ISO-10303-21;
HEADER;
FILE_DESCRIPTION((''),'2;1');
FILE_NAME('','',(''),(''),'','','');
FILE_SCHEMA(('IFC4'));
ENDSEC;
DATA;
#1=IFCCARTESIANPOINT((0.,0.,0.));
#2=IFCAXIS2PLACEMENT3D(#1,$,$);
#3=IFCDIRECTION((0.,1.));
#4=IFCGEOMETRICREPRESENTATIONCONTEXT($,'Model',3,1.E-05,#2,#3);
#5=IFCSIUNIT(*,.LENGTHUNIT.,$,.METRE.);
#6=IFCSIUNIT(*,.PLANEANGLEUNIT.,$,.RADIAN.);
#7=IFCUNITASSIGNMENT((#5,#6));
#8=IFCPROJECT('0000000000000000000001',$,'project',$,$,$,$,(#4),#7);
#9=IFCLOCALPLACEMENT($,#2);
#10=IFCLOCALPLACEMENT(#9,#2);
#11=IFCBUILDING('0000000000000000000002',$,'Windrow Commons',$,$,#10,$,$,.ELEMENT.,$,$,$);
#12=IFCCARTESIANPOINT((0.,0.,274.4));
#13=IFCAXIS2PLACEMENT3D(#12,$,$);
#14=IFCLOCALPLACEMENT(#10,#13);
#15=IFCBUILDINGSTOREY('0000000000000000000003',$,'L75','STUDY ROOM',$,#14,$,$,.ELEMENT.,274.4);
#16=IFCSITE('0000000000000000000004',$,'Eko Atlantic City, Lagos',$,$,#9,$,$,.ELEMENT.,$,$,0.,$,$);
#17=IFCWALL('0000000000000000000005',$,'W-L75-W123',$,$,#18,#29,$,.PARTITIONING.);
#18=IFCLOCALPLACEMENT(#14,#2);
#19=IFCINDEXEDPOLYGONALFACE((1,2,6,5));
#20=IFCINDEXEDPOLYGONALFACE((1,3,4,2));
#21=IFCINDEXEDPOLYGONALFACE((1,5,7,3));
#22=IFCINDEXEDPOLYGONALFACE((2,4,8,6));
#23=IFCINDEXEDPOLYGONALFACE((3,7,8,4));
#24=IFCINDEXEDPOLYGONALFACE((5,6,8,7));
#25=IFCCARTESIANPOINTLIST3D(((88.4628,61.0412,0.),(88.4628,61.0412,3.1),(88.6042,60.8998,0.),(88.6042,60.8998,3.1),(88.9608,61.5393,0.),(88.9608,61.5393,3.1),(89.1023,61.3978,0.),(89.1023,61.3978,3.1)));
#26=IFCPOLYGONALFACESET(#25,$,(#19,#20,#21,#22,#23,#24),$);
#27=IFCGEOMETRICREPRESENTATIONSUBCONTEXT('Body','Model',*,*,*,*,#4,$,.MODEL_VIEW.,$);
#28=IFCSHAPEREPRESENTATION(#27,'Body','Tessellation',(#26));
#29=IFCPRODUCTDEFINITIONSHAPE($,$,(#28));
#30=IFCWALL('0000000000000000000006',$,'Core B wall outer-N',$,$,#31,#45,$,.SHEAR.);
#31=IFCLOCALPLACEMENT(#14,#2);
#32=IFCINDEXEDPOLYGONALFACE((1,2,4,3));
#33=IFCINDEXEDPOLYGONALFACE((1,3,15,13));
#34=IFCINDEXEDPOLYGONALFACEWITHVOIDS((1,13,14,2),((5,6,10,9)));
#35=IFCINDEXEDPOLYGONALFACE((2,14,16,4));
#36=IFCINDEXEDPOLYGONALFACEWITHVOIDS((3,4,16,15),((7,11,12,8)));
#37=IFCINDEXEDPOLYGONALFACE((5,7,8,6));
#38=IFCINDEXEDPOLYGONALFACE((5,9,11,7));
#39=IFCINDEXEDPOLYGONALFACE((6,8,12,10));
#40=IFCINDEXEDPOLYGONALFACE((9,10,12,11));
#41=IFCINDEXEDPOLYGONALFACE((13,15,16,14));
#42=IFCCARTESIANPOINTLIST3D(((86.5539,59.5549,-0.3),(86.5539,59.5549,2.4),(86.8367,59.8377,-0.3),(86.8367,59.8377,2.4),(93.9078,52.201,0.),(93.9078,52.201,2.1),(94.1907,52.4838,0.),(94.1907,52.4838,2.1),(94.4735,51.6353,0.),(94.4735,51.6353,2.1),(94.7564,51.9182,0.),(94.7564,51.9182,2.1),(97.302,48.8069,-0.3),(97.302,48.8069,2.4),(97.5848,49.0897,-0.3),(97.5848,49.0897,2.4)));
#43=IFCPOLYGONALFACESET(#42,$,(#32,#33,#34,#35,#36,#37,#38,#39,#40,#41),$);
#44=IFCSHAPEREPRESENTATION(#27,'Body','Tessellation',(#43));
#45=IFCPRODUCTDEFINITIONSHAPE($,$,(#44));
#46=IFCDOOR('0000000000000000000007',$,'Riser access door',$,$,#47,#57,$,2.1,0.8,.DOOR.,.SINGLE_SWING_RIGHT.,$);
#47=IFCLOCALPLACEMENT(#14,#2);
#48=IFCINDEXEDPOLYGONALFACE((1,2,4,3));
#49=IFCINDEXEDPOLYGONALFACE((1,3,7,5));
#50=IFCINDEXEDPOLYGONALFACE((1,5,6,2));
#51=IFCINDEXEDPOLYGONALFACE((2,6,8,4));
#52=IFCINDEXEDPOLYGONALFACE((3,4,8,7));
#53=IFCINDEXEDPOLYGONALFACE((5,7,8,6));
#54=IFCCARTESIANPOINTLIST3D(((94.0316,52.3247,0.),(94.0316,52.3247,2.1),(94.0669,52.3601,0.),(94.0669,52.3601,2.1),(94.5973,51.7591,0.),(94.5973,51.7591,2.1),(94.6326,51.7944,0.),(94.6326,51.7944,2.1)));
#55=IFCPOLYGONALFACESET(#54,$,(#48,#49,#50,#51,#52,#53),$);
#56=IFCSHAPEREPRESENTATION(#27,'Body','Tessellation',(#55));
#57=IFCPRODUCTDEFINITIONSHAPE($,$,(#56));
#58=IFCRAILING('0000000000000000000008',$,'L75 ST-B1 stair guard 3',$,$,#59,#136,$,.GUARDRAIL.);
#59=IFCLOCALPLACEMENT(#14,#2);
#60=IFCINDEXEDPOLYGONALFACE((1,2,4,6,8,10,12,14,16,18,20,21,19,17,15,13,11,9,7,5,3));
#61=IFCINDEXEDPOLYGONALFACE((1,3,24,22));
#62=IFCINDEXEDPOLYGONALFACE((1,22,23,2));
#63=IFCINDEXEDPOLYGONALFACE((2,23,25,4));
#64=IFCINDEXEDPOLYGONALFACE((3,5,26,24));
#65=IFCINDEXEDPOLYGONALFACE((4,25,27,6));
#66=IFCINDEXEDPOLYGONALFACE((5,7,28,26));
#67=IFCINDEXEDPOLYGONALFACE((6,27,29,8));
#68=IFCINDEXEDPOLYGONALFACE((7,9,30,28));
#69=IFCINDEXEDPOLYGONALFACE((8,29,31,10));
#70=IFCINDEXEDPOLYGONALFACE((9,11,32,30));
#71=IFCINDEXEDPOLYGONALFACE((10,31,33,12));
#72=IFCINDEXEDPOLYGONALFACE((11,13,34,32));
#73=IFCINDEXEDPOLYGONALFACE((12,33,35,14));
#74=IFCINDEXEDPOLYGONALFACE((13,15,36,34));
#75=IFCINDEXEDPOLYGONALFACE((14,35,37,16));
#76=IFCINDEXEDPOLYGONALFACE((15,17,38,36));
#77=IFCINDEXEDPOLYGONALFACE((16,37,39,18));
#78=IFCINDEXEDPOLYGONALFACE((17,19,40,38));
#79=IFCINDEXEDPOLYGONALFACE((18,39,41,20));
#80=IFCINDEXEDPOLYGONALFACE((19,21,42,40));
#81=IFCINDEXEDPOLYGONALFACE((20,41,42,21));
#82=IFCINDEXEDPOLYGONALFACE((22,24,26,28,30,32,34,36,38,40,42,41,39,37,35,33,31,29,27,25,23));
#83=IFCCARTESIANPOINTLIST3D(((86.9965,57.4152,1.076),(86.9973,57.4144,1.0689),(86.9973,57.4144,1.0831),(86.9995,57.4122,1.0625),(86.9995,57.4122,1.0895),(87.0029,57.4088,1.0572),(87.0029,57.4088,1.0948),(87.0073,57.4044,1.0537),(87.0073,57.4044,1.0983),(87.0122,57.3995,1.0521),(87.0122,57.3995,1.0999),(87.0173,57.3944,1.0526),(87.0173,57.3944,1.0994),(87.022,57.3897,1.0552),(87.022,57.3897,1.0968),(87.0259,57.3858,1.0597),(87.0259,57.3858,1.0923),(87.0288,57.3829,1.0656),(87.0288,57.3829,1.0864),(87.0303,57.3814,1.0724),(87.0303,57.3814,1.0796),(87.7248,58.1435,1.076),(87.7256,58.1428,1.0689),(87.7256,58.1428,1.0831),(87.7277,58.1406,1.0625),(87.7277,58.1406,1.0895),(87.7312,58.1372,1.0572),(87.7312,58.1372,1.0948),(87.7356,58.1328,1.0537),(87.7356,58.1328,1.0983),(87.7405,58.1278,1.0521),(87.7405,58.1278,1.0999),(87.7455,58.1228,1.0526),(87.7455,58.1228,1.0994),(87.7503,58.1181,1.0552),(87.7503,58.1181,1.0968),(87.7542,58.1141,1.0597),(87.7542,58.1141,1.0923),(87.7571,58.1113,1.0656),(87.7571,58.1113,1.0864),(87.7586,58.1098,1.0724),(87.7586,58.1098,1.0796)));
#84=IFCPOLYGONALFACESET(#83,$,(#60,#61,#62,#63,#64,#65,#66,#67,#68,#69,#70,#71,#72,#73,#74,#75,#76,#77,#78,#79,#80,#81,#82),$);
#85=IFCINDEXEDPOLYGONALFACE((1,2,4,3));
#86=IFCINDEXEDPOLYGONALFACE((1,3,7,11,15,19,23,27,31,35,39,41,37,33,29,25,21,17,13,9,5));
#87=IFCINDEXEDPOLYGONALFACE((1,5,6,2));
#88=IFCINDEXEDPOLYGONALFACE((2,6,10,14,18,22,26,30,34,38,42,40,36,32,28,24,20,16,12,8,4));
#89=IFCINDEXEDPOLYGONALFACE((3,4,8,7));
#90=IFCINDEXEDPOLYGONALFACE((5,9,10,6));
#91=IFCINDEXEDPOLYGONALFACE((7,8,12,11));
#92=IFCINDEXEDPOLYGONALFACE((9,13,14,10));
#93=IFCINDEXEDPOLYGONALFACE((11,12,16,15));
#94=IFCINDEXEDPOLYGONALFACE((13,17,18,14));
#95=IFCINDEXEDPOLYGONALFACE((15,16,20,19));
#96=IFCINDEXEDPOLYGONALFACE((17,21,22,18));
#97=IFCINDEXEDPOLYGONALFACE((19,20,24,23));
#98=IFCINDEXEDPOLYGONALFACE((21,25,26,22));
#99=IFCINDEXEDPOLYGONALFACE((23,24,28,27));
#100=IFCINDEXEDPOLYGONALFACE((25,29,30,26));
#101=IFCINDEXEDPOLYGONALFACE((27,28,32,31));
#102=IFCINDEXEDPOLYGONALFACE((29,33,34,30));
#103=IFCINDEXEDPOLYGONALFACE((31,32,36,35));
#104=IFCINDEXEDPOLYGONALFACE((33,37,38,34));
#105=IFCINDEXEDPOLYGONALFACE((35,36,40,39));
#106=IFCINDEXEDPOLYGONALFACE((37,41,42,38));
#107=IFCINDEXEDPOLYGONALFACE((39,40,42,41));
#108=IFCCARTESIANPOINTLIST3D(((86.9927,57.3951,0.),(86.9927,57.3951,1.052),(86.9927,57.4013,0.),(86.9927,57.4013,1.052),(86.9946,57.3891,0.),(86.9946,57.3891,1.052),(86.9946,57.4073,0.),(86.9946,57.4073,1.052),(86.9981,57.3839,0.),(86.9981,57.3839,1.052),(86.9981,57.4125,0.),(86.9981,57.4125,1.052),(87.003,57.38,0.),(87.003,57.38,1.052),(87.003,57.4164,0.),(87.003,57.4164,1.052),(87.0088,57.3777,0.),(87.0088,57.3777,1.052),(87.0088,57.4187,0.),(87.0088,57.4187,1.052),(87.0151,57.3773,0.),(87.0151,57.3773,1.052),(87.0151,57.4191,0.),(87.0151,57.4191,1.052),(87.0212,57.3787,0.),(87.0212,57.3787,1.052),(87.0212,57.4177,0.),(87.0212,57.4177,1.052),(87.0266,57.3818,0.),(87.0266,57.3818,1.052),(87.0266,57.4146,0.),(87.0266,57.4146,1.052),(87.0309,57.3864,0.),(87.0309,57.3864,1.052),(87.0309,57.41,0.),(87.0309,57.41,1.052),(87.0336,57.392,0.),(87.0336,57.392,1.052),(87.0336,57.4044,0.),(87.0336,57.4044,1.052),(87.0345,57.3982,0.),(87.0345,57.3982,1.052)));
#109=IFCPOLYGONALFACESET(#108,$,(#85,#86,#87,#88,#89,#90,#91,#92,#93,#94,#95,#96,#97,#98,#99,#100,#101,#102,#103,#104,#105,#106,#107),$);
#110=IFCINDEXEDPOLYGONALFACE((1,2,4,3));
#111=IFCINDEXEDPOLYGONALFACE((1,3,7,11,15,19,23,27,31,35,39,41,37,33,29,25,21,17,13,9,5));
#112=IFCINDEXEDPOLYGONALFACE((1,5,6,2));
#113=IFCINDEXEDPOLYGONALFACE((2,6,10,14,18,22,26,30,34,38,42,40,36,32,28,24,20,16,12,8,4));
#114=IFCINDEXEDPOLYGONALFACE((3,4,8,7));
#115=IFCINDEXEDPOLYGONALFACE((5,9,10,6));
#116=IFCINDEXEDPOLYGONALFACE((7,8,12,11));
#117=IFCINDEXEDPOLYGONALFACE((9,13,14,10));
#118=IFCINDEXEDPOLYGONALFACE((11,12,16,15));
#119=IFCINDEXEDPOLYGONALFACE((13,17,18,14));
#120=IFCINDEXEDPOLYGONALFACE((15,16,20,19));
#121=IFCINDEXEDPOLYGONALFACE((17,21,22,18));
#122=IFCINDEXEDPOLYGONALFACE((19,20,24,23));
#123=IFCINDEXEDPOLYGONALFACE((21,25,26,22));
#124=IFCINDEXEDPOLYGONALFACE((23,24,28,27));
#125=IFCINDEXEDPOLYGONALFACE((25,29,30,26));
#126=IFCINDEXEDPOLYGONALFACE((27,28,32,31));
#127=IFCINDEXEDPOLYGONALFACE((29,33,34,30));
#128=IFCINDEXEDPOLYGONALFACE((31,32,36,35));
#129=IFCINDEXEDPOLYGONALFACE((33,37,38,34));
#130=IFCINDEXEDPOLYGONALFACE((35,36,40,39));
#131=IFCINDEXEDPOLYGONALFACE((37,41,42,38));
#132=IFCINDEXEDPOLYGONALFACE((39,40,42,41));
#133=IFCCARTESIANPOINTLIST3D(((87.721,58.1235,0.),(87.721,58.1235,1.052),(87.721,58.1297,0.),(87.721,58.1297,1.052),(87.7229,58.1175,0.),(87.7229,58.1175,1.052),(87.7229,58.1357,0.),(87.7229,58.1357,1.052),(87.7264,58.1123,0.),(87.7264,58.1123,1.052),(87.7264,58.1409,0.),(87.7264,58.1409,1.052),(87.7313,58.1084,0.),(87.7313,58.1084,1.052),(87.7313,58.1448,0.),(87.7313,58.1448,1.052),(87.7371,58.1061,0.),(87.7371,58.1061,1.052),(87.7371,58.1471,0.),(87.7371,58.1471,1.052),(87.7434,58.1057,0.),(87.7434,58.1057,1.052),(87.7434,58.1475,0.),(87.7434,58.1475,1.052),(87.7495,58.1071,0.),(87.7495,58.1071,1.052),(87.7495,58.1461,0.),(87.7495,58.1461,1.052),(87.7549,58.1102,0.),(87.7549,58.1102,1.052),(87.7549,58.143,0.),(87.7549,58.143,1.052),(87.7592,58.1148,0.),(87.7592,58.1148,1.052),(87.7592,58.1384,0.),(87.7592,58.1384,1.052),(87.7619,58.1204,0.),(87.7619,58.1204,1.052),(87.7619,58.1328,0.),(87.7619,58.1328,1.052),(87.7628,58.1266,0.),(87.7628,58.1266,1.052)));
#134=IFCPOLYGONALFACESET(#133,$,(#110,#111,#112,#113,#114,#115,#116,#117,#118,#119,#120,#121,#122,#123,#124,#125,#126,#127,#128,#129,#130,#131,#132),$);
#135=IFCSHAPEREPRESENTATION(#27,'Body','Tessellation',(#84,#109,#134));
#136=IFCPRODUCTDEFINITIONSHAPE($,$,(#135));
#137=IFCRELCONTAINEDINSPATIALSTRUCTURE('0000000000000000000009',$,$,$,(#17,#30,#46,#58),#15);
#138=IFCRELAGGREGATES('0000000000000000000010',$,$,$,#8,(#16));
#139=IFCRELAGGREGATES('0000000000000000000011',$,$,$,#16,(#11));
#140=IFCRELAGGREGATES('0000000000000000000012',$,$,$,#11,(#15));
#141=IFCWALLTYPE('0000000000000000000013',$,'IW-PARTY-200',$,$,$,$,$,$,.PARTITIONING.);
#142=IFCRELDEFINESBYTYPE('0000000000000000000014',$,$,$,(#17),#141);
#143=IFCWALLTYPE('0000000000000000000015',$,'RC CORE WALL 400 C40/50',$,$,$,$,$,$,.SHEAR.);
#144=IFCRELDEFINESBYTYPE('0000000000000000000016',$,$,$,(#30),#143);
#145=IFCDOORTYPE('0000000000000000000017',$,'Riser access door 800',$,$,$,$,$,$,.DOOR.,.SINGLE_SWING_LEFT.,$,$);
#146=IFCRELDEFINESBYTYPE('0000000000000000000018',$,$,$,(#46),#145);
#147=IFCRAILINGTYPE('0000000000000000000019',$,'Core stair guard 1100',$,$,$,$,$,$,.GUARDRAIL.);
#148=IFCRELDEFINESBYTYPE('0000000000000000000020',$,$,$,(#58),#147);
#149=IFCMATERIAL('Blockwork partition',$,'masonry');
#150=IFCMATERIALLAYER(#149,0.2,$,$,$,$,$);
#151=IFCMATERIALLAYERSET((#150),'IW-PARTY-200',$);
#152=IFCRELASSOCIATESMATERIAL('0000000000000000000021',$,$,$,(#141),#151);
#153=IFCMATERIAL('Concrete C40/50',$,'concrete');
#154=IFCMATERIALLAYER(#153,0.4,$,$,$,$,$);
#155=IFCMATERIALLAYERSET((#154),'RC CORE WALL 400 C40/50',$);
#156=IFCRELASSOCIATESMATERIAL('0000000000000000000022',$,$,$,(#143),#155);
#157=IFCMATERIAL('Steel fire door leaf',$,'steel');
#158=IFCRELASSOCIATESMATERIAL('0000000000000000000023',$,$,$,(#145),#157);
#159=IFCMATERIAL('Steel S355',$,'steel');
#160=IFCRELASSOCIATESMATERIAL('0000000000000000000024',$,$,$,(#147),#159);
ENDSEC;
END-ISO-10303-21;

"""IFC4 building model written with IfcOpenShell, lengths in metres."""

from ifc_helpers import new_model, si_unit, direction, frame, frame_2d, origin, origin_2d, place, context, subcontext, project, spatial, rectangle, circle, extrude, material, layer, layer_set, type_object, element, fill, save


model = new_model("IFC4")

# Units and contexts
model_context = context("Model", 3, precision=1e-05, world=origin(), true_north=direction((0.0, 1.0)))
body_context = subcontext(model_context, "Body", "Model", "MODEL_VIEW")
ifc_project = project(units=[si_unit("LENGTHUNIT", "METRE"), si_unit("PLANEANGLEUNIT", "RADIAN")], contexts=[model_context])

# Site, building, storey
site_placement = place(None, origin())
site = spatial("IfcSite", under=ifc_project, at=site_placement, Name="Eko Atlantic City, Lagos", CompositionType="ELEMENT", RefElevation=0.0)
building_placement = place(site_placement, origin())
building = spatial("IfcBuilding", under=site, at=building_placement, Name="Windrow Commons", CompositionType="ELEMENT")
storey_placement = place(building_placement, frame((0.0, 0.0, 274.4)))
storey = spatial("IfcBuildingStorey", under=building, at=storey_placement, Name="L75", Description="STUDY ROOM", CompositionType="ELEMENT", Elevation=274.4)

# Wall
ifc_material_1 = material(Name="Blockwork partition", Category="masonry")
ifc_layer_1 = layer(ifc_material_1, 0.2)
ifc_layer_set_1 = layer_set([ifc_layer_1], Name="IW-PARTY-200")
wall_type_1 = type_object("IfcWallType", Name="IW-PARTY-200", PredefinedType="PARTITIONING", material=ifc_layer_set_1)
wall_1_placement = place(storey_placement, frame((88.5335, 60.9705, 0.0), z_axis=(0.0, 0.0, 1.0), x_axis=(0.707107, 0.707107, 0.0)))
element("IfcWall", 1, at=wall_1_placement, inside=storey, type_object=wall_type_1, Name="W-L75-W123", PredefinedType="PARTITIONING", context=body_context, shape_type="SweptSolid", body=[
    extrude(rectangle(XDim=0.7043, YDim=0.2, at=frame_2d((0.3522, 0.0))), origin(), (0.0, 0.0, 1.0), 3.1),
])

# Wall, opening, door
ifc_material_2 = material(Name="Concrete C40/50", Category="concrete")
ifc_layer_2 = layer(ifc_material_2, 0.4)
ifc_layer_set_2 = layer_set([ifc_layer_2], Name="RC CORE WALL 400 C40/50")
wall_type_2 = type_object("IfcWallType", Name="RC CORE WALL 400 C40/50", PredefinedType="SHEAR", material=ifc_layer_set_2)
wall_2_placement = place(storey_placement, frame((86.6953, 59.6963, -0.3), z_axis=(0.0, 0.0, 1.0), x_axis=(0.70711, -0.707103, 0.0)))
wall_2 = element("IfcWall", 2, at=wall_2_placement, inside=storey, type_object=wall_type_2, Name="Core B wall outer-N", PredefinedType="SHEAR", context=body_context, shape_type="SweptSolid", body=[
    extrude(rectangle(XDim=15.2, YDim=0.4, at=frame_2d((7.6, 0.0))), origin(), (0.0, 0.0, 1.0), 2.7),
])
opening_1_placement = place(wall_2_placement, frame((10.4, 0.0, 0.3)))
opening_1 = element("IfcOpeningElement", 3, at=opening_1_placement, cuts=wall_2, PredefinedType="OPENING", context=body_context, shape_type="SweptSolid", body=[
    extrude(rectangle(XDim=0.8, YDim=2.1, at=frame_2d((0.4, 1.05))), frame((0.0, 0.21, 0.0), z_axis=(0.0, -1.0, 0.0), x_axis=(1.0, 0.0, 0.0)), (0.0, 0.0, 1.0), 0.42),
])
ifc_material_3 = material(Name="Steel fire door leaf", Category="steel")
door_type_1 = type_object("IfcDoorType", Name="Riser access door 800", OperationType="SINGLE_SWING_LEFT", PredefinedType="DOOR", material=ifc_material_3)
door_1_placement = place(opening_1_placement, origin())
door_1 = element("IfcDoor", 4, at=door_1_placement, inside=storey, type_object=door_type_1, Name="Riser access door", OperationType="SINGLE_SWING_RIGHT", OverallHeight=2.1, OverallWidth=0.8, PredefinedType="DOOR", context=body_context, shape_type="SweptSolid", body=[
    extrude(rectangle(XDim=0.8, YDim=2.1, at=frame_2d((0.4, 1.05))), frame((0.0, 0.025, 0.0), z_axis=(0.0, -1.0, 0.0), x_axis=(1.0, 0.0, 0.0)), (0.0, 0.0, 1.0), 0.05),
])
fill(opening_1, door_1)

# Railing
ifc_material_4 = material(Name="Steel S355", Category="steel")
railing_type = type_object("IfcRailingType", Name="Core stair guard 1100", PredefinedType="GUARDRAIL", material=ifc_material_4)
railing_placement = place(storey_placement, frame((87.0135, 57.3982, 0.0)))
element("IfcRailing", 5, at=railing_placement, inside=storey, type_object=railing_type, Name="L75 ST-B1 stair guard 3", PredefinedType="GUARDRAIL", context=body_context, shape_type="SweptSolid", body=[
    extrude(circle(Radius=0.024, at=origin_2d()), frame((0.0, 0.0, 1.076), z_axis=(0.707058, 0.707155, 0.0), x_axis=(-0.707155, 0.707058, 0.0)), (0.0, 0.0, 1.0), 1.03),
    extrude(circle(Radius=0.021, at=origin_2d()), origin(), (0.0, 0.0, 1.0), 1.052),
    extrude(circle(Radius=0.021, at=origin_2d()), frame((0.7283, 0.7284, 0.0)), (0.0, 0.0, 1.0), 1.052),
])

save(model, "model.ifc")
